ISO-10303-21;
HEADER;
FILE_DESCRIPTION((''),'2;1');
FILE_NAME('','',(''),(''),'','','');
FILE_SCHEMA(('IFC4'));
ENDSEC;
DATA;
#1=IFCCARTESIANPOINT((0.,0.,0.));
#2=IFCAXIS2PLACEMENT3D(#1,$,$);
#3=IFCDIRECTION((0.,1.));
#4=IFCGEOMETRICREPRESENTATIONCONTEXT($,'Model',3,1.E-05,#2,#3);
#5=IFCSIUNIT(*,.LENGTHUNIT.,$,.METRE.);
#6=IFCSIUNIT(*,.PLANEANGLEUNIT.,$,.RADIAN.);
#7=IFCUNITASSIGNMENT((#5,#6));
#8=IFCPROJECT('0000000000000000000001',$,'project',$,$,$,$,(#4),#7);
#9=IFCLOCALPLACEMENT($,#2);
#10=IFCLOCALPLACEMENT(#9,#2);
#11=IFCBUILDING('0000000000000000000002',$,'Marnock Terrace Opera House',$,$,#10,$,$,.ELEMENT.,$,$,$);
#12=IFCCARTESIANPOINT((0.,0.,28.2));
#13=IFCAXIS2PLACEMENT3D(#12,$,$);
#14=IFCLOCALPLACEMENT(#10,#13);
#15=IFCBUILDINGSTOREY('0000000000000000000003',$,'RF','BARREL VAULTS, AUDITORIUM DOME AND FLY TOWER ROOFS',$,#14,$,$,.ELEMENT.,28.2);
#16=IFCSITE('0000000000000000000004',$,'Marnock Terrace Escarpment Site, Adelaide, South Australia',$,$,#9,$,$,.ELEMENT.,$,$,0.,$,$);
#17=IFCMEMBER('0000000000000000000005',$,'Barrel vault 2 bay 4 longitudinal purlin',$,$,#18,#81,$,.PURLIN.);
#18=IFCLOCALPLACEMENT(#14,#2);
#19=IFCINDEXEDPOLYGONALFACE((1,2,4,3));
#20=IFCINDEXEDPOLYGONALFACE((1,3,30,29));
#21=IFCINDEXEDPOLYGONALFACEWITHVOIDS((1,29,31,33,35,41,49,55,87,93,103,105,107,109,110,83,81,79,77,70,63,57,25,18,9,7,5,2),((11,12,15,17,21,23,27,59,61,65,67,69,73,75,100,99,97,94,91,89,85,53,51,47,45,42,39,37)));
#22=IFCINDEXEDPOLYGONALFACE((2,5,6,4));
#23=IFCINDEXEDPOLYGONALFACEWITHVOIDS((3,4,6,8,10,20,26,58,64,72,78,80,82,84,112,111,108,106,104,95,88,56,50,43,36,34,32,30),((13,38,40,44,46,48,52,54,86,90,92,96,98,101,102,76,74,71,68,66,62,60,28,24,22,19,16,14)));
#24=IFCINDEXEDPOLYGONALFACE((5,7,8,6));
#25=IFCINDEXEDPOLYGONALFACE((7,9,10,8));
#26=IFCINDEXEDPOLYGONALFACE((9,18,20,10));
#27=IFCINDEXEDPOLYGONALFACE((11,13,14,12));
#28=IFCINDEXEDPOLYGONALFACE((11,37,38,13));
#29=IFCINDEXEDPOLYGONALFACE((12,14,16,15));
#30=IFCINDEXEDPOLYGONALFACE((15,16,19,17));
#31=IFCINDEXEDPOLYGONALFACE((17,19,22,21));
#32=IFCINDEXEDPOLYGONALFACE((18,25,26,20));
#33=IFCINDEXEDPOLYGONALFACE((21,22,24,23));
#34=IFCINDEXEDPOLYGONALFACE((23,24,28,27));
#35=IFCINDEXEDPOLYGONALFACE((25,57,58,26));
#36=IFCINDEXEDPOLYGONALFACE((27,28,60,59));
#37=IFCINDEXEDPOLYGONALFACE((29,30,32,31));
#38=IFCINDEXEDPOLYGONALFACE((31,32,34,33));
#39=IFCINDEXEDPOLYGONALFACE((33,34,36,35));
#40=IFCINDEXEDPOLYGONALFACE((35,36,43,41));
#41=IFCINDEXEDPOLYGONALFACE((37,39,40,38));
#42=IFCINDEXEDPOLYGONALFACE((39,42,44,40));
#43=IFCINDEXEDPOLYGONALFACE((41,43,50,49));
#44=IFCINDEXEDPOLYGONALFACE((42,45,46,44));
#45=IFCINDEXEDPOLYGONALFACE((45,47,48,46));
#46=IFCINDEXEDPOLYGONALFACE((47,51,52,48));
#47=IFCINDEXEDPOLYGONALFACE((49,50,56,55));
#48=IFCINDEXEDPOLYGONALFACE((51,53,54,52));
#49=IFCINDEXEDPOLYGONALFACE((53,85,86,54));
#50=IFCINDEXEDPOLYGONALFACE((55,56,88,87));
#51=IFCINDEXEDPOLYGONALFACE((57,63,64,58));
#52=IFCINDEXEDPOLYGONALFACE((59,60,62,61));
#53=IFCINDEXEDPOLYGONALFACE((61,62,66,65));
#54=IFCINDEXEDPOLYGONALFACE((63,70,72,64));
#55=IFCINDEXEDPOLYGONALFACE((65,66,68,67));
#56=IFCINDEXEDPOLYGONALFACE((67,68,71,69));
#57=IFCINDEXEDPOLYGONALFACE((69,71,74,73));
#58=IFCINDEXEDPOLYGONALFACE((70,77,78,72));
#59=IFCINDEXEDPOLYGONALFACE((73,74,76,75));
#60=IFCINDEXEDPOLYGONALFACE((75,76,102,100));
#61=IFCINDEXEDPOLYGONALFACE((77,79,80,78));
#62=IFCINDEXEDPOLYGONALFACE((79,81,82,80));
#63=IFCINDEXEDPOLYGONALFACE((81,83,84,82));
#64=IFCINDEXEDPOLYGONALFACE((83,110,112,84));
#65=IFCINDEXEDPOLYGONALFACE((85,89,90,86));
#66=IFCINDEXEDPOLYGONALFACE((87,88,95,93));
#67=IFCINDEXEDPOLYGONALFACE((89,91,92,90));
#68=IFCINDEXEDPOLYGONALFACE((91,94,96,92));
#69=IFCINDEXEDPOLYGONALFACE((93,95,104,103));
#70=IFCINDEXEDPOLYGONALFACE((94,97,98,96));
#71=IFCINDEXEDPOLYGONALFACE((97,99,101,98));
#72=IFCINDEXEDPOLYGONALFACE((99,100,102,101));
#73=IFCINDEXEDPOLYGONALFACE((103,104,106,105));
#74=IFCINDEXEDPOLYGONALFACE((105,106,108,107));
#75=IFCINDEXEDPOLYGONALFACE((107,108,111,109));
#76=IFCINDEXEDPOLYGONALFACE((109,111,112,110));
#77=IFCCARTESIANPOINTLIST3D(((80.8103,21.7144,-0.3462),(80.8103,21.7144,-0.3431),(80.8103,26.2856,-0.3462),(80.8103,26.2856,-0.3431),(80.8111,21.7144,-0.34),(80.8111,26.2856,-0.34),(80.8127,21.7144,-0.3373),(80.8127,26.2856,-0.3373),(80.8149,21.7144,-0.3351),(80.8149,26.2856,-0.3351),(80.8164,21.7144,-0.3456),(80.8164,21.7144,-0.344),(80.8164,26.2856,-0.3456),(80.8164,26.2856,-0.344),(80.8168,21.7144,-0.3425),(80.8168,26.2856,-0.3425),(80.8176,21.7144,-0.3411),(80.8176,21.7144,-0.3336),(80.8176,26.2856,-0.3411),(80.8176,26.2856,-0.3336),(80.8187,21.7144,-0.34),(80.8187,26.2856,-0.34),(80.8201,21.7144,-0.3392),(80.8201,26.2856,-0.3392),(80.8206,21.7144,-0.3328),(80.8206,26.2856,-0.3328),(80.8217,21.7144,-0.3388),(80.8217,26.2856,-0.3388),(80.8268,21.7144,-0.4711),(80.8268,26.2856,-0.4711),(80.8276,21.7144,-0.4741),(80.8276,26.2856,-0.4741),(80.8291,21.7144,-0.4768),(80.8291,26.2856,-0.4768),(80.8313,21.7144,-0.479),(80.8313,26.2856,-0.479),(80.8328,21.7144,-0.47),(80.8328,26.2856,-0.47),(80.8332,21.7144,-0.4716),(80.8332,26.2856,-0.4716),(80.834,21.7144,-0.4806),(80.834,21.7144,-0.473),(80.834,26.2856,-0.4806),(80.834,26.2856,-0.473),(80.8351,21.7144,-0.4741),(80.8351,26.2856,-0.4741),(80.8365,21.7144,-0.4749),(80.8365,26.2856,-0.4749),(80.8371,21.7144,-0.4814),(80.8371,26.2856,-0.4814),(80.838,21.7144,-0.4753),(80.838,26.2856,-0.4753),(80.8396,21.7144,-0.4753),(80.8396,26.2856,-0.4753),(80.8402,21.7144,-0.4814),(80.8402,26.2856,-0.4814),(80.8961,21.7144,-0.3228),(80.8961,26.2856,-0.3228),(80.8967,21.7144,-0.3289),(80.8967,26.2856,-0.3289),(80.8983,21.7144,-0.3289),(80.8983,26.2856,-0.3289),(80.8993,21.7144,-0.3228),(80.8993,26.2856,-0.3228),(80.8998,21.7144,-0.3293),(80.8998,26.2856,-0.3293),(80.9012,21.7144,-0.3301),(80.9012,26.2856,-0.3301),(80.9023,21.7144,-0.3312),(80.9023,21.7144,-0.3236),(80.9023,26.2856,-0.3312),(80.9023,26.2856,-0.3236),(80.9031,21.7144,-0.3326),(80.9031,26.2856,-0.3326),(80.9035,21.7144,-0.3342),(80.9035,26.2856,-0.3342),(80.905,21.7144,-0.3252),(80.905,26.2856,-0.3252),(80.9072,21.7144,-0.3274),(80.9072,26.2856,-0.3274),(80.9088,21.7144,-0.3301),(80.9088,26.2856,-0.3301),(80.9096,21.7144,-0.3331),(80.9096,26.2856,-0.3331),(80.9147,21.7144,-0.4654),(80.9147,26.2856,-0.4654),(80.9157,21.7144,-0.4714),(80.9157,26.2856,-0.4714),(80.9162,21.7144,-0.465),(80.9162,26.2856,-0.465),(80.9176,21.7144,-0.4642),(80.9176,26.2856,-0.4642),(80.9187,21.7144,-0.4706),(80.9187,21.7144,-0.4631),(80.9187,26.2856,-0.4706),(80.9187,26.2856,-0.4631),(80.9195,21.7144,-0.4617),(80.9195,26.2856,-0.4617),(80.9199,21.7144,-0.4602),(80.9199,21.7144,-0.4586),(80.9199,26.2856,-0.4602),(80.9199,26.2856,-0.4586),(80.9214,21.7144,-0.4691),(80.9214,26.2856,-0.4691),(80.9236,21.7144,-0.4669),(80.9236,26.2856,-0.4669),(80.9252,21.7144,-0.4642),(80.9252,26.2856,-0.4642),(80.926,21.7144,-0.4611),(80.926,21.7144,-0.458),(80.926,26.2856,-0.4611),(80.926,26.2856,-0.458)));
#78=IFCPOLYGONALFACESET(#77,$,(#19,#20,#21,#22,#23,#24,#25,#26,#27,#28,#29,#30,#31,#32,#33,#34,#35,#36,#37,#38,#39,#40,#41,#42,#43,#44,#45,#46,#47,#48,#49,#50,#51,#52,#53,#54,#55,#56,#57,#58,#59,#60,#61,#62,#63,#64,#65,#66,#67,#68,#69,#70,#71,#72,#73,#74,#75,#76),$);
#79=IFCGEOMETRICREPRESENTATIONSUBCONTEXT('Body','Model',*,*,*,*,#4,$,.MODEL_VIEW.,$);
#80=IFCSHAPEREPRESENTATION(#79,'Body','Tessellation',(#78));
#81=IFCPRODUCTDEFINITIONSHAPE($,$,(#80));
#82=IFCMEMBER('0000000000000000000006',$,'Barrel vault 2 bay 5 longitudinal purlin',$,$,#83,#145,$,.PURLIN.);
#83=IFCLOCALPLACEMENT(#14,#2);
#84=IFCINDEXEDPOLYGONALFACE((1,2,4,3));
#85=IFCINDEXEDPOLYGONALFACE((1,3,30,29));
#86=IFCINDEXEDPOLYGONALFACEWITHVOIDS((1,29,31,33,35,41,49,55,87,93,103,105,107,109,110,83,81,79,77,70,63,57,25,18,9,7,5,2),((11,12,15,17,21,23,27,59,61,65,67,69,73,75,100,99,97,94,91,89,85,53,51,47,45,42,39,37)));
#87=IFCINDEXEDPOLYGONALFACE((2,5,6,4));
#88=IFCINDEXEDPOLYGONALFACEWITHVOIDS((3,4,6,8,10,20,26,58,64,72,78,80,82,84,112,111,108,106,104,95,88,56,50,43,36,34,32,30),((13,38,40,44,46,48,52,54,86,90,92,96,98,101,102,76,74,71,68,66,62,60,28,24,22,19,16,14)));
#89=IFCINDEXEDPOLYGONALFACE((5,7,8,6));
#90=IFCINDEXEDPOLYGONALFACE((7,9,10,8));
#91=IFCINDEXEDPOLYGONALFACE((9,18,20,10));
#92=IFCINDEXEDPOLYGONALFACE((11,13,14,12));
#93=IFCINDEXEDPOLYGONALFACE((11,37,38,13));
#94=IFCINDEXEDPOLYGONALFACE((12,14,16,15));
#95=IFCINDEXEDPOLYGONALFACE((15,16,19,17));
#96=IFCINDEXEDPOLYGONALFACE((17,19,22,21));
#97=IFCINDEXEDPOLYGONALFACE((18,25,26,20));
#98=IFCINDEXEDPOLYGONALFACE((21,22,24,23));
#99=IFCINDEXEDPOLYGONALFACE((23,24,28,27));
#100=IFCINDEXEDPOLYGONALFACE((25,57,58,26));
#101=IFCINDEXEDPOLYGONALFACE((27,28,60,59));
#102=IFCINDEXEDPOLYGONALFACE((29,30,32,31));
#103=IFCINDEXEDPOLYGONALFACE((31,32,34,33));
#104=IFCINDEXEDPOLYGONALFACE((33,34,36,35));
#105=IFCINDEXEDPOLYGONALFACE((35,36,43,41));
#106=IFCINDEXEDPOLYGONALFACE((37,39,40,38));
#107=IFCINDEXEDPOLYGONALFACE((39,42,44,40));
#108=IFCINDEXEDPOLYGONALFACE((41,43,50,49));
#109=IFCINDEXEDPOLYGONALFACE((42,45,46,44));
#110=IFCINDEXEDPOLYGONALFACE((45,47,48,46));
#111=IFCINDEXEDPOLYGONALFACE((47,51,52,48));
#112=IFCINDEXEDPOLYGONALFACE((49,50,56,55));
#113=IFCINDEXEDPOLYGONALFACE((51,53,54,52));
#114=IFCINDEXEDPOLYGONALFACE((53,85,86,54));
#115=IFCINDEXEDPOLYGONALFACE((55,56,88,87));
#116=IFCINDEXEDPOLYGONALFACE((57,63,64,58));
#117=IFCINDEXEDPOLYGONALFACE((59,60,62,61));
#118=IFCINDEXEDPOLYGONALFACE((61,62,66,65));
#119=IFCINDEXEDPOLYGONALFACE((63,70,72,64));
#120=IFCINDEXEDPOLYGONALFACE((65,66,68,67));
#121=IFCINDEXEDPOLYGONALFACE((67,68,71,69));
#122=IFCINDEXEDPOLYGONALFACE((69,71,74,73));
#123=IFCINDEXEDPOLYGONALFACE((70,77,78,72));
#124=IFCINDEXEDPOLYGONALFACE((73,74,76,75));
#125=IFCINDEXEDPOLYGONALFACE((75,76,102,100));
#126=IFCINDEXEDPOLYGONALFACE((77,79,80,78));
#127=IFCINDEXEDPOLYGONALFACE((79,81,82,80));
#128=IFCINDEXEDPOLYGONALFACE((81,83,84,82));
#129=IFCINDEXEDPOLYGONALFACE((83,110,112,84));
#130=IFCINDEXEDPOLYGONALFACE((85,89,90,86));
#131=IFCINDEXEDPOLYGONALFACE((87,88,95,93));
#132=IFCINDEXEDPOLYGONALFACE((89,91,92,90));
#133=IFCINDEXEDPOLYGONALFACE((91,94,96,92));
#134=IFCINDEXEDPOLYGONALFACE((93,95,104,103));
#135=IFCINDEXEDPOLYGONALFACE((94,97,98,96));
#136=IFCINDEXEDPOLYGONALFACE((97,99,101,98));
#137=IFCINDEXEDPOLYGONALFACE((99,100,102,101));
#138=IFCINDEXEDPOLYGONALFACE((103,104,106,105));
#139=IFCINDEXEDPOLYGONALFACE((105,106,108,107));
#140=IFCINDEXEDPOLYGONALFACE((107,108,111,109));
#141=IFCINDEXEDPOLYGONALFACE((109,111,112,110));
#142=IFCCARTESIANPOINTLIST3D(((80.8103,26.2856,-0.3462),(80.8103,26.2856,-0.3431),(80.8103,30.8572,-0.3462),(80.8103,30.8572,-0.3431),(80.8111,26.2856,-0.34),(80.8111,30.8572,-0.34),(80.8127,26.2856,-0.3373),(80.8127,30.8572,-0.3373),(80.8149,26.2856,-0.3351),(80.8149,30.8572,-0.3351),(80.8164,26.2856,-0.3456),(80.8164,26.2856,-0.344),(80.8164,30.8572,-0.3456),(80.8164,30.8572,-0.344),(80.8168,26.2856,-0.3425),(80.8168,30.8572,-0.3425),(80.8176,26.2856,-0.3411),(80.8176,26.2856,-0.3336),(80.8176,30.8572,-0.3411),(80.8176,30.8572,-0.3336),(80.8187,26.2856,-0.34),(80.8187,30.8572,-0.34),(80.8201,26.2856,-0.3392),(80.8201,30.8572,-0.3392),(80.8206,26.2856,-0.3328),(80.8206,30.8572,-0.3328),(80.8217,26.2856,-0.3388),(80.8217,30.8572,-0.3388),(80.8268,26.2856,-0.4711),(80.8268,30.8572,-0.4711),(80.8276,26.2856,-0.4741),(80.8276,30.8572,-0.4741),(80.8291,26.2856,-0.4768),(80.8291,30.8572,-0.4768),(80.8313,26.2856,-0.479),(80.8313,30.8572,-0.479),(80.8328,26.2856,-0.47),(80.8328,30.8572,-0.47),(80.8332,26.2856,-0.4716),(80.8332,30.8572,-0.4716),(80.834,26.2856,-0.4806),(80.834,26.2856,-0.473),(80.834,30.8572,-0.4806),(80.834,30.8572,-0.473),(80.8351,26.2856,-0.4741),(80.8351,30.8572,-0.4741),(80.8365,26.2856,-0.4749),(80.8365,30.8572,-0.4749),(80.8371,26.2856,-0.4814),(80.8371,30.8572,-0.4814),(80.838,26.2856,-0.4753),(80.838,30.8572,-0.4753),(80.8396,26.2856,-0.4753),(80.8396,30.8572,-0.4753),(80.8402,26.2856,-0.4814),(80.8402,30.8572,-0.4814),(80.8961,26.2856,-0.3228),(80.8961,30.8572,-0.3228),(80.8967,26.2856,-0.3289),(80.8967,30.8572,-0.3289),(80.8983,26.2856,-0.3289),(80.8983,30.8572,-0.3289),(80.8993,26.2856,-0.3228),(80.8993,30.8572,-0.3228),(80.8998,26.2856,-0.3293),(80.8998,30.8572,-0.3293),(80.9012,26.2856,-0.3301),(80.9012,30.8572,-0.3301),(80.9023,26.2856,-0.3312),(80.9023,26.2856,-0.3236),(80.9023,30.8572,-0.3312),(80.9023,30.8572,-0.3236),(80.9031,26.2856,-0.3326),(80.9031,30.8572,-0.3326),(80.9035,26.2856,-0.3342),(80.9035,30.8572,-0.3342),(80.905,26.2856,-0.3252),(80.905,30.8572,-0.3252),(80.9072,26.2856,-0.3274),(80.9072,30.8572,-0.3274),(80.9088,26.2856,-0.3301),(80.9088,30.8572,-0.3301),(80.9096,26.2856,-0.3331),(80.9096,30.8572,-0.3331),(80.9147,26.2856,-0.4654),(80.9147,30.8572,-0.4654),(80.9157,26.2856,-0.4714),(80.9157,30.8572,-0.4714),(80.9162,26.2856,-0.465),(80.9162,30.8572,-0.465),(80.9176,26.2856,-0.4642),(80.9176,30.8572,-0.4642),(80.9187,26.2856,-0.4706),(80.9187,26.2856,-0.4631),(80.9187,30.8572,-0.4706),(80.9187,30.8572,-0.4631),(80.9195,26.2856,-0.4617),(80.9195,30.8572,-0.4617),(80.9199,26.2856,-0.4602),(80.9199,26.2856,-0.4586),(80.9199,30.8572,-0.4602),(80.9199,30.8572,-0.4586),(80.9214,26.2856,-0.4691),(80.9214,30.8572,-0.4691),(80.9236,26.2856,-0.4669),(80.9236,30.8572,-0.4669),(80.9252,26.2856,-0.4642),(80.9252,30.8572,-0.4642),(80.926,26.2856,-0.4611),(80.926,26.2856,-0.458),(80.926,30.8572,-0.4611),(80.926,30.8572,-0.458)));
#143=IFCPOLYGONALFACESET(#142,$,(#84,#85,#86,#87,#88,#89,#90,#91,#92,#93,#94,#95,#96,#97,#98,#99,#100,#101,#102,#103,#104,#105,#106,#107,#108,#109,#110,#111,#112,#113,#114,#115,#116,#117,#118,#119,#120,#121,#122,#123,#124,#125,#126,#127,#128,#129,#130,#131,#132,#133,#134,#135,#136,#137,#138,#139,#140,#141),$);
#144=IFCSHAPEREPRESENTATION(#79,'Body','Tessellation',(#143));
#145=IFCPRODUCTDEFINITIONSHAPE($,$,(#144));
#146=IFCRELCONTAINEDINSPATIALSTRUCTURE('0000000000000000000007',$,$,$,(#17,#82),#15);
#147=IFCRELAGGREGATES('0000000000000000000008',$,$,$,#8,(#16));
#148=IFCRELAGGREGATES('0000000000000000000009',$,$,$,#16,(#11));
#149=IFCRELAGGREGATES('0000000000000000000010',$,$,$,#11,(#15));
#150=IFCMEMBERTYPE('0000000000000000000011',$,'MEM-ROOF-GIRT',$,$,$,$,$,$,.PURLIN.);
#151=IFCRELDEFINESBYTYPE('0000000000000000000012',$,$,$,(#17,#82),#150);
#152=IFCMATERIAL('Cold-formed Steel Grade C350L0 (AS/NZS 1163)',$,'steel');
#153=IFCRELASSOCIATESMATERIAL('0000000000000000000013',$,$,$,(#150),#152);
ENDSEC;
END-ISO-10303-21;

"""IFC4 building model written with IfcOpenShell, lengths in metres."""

from ifc_helpers import new_model, si_unit, direction, frame, origin, origin_2d, place, context, subcontext, project, spatial, hollow_rectangle, extrude, material, material_profile, profile_set, type_object, element, save


model = new_model("IFC4")

# Units and contexts
model_context = context("Model", 3, precision=1e-05, world=origin(), true_north=direction((0.0, 1.0)))
body_context = subcontext(model_context, "Body", "Model", "MODEL_VIEW")
ifc_project = project(units=[si_unit("LENGTHUNIT", "METRE"), si_unit("PLANEANGLEUNIT", "RADIAN")], contexts=[model_context])

# Site, building, storey
site_placement = place(None, origin())
site = spatial("IfcSite", under=ifc_project, at=site_placement, Name="Marnock Terrace Escarpment Site, Adelaide, South Australia", CompositionType="ELEMENT", RefElevation=0.0)
building_placement = place(site_placement, origin())
building = spatial("IfcBuilding", under=site, at=building_placement, Name="Marnock Terrace Opera House", CompositionType="ELEMENT")
storey_placement = place(building_placement, frame((0.0, 0.0, 28.2)))
storey = spatial("IfcBuildingStorey", under=building, at=storey_placement, Name="RF", Description="BARREL VAULTS, AUDITORIUM DOME AND FLY TOWER ROOFS", CompositionType="ELEMENT", Elevation=28.2)

# Members
ifc_material = material(Name="Cold-formed Steel Grade C350L0 (AS/NZS 1163)", Category="steel")
ifc_material_profile_1 = material_profile(ifc_material, hollow_rectangle(XDim=0.1001, YDim=0.1499, WallThickness=0.0061, InnerFilletRadius=0.0061, OuterFilletRadius=0.012, at=origin_2d()))
ifc_profile_set_1 = profile_set([ifc_material_profile_1], Name="Cold-formed Steel Grade C350L0 (AS/NZS 1163)")
member_type_1 = type_object("IfcMemberType", Name="MEM-ROOF-GIRT", PredefinedType="PURLIN", material=ifc_profile_set_1)
member_1_placement = place(storey_placement, frame((80.8682, 21.7144, -0.4021), z_axis=(0.0, 1.0, 0.0), x_axis=(-0.991445, 0.0, -0.130526)))
element("IfcMember", 1, at=member_1_placement, inside=storey, type_object=member_type_1, Name="Barrel vault 2 bay 4 longitudinal purlin", PredefinedType="PURLIN", context=body_context, shape_type="SweptSolid", body=[
    extrude(hollow_rectangle(XDim=0.1001, YDim=0.1499, WallThickness=0.0061, InnerFilletRadius=0.0061, OuterFilletRadius=0.012, at=origin_2d()), origin(), (0.0, 0.0, 1.0), 4.5713),
])
member_2_placement = place(storey_placement, frame((80.8682, 26.2856, -0.4021), z_axis=(0.0, 1.0, 0.0), x_axis=(-0.991445, 0.0, -0.130526)))
element("IfcMember", 2, at=member_2_placement, inside=storey, type_object=member_type_1, Name="Barrel vault 2 bay 5 longitudinal purlin", PredefinedType="PURLIN", context=body_context, shape_type="SweptSolid", body=[
    extrude(hollow_rectangle(XDim=0.1001, YDim=0.1499, WallThickness=0.0061, InnerFilletRadius=0.0061, OuterFilletRadius=0.012, at=origin_2d()), origin(), (0.0, 0.0, 1.0), 4.5715),
])

save(model, "model.ifc")
